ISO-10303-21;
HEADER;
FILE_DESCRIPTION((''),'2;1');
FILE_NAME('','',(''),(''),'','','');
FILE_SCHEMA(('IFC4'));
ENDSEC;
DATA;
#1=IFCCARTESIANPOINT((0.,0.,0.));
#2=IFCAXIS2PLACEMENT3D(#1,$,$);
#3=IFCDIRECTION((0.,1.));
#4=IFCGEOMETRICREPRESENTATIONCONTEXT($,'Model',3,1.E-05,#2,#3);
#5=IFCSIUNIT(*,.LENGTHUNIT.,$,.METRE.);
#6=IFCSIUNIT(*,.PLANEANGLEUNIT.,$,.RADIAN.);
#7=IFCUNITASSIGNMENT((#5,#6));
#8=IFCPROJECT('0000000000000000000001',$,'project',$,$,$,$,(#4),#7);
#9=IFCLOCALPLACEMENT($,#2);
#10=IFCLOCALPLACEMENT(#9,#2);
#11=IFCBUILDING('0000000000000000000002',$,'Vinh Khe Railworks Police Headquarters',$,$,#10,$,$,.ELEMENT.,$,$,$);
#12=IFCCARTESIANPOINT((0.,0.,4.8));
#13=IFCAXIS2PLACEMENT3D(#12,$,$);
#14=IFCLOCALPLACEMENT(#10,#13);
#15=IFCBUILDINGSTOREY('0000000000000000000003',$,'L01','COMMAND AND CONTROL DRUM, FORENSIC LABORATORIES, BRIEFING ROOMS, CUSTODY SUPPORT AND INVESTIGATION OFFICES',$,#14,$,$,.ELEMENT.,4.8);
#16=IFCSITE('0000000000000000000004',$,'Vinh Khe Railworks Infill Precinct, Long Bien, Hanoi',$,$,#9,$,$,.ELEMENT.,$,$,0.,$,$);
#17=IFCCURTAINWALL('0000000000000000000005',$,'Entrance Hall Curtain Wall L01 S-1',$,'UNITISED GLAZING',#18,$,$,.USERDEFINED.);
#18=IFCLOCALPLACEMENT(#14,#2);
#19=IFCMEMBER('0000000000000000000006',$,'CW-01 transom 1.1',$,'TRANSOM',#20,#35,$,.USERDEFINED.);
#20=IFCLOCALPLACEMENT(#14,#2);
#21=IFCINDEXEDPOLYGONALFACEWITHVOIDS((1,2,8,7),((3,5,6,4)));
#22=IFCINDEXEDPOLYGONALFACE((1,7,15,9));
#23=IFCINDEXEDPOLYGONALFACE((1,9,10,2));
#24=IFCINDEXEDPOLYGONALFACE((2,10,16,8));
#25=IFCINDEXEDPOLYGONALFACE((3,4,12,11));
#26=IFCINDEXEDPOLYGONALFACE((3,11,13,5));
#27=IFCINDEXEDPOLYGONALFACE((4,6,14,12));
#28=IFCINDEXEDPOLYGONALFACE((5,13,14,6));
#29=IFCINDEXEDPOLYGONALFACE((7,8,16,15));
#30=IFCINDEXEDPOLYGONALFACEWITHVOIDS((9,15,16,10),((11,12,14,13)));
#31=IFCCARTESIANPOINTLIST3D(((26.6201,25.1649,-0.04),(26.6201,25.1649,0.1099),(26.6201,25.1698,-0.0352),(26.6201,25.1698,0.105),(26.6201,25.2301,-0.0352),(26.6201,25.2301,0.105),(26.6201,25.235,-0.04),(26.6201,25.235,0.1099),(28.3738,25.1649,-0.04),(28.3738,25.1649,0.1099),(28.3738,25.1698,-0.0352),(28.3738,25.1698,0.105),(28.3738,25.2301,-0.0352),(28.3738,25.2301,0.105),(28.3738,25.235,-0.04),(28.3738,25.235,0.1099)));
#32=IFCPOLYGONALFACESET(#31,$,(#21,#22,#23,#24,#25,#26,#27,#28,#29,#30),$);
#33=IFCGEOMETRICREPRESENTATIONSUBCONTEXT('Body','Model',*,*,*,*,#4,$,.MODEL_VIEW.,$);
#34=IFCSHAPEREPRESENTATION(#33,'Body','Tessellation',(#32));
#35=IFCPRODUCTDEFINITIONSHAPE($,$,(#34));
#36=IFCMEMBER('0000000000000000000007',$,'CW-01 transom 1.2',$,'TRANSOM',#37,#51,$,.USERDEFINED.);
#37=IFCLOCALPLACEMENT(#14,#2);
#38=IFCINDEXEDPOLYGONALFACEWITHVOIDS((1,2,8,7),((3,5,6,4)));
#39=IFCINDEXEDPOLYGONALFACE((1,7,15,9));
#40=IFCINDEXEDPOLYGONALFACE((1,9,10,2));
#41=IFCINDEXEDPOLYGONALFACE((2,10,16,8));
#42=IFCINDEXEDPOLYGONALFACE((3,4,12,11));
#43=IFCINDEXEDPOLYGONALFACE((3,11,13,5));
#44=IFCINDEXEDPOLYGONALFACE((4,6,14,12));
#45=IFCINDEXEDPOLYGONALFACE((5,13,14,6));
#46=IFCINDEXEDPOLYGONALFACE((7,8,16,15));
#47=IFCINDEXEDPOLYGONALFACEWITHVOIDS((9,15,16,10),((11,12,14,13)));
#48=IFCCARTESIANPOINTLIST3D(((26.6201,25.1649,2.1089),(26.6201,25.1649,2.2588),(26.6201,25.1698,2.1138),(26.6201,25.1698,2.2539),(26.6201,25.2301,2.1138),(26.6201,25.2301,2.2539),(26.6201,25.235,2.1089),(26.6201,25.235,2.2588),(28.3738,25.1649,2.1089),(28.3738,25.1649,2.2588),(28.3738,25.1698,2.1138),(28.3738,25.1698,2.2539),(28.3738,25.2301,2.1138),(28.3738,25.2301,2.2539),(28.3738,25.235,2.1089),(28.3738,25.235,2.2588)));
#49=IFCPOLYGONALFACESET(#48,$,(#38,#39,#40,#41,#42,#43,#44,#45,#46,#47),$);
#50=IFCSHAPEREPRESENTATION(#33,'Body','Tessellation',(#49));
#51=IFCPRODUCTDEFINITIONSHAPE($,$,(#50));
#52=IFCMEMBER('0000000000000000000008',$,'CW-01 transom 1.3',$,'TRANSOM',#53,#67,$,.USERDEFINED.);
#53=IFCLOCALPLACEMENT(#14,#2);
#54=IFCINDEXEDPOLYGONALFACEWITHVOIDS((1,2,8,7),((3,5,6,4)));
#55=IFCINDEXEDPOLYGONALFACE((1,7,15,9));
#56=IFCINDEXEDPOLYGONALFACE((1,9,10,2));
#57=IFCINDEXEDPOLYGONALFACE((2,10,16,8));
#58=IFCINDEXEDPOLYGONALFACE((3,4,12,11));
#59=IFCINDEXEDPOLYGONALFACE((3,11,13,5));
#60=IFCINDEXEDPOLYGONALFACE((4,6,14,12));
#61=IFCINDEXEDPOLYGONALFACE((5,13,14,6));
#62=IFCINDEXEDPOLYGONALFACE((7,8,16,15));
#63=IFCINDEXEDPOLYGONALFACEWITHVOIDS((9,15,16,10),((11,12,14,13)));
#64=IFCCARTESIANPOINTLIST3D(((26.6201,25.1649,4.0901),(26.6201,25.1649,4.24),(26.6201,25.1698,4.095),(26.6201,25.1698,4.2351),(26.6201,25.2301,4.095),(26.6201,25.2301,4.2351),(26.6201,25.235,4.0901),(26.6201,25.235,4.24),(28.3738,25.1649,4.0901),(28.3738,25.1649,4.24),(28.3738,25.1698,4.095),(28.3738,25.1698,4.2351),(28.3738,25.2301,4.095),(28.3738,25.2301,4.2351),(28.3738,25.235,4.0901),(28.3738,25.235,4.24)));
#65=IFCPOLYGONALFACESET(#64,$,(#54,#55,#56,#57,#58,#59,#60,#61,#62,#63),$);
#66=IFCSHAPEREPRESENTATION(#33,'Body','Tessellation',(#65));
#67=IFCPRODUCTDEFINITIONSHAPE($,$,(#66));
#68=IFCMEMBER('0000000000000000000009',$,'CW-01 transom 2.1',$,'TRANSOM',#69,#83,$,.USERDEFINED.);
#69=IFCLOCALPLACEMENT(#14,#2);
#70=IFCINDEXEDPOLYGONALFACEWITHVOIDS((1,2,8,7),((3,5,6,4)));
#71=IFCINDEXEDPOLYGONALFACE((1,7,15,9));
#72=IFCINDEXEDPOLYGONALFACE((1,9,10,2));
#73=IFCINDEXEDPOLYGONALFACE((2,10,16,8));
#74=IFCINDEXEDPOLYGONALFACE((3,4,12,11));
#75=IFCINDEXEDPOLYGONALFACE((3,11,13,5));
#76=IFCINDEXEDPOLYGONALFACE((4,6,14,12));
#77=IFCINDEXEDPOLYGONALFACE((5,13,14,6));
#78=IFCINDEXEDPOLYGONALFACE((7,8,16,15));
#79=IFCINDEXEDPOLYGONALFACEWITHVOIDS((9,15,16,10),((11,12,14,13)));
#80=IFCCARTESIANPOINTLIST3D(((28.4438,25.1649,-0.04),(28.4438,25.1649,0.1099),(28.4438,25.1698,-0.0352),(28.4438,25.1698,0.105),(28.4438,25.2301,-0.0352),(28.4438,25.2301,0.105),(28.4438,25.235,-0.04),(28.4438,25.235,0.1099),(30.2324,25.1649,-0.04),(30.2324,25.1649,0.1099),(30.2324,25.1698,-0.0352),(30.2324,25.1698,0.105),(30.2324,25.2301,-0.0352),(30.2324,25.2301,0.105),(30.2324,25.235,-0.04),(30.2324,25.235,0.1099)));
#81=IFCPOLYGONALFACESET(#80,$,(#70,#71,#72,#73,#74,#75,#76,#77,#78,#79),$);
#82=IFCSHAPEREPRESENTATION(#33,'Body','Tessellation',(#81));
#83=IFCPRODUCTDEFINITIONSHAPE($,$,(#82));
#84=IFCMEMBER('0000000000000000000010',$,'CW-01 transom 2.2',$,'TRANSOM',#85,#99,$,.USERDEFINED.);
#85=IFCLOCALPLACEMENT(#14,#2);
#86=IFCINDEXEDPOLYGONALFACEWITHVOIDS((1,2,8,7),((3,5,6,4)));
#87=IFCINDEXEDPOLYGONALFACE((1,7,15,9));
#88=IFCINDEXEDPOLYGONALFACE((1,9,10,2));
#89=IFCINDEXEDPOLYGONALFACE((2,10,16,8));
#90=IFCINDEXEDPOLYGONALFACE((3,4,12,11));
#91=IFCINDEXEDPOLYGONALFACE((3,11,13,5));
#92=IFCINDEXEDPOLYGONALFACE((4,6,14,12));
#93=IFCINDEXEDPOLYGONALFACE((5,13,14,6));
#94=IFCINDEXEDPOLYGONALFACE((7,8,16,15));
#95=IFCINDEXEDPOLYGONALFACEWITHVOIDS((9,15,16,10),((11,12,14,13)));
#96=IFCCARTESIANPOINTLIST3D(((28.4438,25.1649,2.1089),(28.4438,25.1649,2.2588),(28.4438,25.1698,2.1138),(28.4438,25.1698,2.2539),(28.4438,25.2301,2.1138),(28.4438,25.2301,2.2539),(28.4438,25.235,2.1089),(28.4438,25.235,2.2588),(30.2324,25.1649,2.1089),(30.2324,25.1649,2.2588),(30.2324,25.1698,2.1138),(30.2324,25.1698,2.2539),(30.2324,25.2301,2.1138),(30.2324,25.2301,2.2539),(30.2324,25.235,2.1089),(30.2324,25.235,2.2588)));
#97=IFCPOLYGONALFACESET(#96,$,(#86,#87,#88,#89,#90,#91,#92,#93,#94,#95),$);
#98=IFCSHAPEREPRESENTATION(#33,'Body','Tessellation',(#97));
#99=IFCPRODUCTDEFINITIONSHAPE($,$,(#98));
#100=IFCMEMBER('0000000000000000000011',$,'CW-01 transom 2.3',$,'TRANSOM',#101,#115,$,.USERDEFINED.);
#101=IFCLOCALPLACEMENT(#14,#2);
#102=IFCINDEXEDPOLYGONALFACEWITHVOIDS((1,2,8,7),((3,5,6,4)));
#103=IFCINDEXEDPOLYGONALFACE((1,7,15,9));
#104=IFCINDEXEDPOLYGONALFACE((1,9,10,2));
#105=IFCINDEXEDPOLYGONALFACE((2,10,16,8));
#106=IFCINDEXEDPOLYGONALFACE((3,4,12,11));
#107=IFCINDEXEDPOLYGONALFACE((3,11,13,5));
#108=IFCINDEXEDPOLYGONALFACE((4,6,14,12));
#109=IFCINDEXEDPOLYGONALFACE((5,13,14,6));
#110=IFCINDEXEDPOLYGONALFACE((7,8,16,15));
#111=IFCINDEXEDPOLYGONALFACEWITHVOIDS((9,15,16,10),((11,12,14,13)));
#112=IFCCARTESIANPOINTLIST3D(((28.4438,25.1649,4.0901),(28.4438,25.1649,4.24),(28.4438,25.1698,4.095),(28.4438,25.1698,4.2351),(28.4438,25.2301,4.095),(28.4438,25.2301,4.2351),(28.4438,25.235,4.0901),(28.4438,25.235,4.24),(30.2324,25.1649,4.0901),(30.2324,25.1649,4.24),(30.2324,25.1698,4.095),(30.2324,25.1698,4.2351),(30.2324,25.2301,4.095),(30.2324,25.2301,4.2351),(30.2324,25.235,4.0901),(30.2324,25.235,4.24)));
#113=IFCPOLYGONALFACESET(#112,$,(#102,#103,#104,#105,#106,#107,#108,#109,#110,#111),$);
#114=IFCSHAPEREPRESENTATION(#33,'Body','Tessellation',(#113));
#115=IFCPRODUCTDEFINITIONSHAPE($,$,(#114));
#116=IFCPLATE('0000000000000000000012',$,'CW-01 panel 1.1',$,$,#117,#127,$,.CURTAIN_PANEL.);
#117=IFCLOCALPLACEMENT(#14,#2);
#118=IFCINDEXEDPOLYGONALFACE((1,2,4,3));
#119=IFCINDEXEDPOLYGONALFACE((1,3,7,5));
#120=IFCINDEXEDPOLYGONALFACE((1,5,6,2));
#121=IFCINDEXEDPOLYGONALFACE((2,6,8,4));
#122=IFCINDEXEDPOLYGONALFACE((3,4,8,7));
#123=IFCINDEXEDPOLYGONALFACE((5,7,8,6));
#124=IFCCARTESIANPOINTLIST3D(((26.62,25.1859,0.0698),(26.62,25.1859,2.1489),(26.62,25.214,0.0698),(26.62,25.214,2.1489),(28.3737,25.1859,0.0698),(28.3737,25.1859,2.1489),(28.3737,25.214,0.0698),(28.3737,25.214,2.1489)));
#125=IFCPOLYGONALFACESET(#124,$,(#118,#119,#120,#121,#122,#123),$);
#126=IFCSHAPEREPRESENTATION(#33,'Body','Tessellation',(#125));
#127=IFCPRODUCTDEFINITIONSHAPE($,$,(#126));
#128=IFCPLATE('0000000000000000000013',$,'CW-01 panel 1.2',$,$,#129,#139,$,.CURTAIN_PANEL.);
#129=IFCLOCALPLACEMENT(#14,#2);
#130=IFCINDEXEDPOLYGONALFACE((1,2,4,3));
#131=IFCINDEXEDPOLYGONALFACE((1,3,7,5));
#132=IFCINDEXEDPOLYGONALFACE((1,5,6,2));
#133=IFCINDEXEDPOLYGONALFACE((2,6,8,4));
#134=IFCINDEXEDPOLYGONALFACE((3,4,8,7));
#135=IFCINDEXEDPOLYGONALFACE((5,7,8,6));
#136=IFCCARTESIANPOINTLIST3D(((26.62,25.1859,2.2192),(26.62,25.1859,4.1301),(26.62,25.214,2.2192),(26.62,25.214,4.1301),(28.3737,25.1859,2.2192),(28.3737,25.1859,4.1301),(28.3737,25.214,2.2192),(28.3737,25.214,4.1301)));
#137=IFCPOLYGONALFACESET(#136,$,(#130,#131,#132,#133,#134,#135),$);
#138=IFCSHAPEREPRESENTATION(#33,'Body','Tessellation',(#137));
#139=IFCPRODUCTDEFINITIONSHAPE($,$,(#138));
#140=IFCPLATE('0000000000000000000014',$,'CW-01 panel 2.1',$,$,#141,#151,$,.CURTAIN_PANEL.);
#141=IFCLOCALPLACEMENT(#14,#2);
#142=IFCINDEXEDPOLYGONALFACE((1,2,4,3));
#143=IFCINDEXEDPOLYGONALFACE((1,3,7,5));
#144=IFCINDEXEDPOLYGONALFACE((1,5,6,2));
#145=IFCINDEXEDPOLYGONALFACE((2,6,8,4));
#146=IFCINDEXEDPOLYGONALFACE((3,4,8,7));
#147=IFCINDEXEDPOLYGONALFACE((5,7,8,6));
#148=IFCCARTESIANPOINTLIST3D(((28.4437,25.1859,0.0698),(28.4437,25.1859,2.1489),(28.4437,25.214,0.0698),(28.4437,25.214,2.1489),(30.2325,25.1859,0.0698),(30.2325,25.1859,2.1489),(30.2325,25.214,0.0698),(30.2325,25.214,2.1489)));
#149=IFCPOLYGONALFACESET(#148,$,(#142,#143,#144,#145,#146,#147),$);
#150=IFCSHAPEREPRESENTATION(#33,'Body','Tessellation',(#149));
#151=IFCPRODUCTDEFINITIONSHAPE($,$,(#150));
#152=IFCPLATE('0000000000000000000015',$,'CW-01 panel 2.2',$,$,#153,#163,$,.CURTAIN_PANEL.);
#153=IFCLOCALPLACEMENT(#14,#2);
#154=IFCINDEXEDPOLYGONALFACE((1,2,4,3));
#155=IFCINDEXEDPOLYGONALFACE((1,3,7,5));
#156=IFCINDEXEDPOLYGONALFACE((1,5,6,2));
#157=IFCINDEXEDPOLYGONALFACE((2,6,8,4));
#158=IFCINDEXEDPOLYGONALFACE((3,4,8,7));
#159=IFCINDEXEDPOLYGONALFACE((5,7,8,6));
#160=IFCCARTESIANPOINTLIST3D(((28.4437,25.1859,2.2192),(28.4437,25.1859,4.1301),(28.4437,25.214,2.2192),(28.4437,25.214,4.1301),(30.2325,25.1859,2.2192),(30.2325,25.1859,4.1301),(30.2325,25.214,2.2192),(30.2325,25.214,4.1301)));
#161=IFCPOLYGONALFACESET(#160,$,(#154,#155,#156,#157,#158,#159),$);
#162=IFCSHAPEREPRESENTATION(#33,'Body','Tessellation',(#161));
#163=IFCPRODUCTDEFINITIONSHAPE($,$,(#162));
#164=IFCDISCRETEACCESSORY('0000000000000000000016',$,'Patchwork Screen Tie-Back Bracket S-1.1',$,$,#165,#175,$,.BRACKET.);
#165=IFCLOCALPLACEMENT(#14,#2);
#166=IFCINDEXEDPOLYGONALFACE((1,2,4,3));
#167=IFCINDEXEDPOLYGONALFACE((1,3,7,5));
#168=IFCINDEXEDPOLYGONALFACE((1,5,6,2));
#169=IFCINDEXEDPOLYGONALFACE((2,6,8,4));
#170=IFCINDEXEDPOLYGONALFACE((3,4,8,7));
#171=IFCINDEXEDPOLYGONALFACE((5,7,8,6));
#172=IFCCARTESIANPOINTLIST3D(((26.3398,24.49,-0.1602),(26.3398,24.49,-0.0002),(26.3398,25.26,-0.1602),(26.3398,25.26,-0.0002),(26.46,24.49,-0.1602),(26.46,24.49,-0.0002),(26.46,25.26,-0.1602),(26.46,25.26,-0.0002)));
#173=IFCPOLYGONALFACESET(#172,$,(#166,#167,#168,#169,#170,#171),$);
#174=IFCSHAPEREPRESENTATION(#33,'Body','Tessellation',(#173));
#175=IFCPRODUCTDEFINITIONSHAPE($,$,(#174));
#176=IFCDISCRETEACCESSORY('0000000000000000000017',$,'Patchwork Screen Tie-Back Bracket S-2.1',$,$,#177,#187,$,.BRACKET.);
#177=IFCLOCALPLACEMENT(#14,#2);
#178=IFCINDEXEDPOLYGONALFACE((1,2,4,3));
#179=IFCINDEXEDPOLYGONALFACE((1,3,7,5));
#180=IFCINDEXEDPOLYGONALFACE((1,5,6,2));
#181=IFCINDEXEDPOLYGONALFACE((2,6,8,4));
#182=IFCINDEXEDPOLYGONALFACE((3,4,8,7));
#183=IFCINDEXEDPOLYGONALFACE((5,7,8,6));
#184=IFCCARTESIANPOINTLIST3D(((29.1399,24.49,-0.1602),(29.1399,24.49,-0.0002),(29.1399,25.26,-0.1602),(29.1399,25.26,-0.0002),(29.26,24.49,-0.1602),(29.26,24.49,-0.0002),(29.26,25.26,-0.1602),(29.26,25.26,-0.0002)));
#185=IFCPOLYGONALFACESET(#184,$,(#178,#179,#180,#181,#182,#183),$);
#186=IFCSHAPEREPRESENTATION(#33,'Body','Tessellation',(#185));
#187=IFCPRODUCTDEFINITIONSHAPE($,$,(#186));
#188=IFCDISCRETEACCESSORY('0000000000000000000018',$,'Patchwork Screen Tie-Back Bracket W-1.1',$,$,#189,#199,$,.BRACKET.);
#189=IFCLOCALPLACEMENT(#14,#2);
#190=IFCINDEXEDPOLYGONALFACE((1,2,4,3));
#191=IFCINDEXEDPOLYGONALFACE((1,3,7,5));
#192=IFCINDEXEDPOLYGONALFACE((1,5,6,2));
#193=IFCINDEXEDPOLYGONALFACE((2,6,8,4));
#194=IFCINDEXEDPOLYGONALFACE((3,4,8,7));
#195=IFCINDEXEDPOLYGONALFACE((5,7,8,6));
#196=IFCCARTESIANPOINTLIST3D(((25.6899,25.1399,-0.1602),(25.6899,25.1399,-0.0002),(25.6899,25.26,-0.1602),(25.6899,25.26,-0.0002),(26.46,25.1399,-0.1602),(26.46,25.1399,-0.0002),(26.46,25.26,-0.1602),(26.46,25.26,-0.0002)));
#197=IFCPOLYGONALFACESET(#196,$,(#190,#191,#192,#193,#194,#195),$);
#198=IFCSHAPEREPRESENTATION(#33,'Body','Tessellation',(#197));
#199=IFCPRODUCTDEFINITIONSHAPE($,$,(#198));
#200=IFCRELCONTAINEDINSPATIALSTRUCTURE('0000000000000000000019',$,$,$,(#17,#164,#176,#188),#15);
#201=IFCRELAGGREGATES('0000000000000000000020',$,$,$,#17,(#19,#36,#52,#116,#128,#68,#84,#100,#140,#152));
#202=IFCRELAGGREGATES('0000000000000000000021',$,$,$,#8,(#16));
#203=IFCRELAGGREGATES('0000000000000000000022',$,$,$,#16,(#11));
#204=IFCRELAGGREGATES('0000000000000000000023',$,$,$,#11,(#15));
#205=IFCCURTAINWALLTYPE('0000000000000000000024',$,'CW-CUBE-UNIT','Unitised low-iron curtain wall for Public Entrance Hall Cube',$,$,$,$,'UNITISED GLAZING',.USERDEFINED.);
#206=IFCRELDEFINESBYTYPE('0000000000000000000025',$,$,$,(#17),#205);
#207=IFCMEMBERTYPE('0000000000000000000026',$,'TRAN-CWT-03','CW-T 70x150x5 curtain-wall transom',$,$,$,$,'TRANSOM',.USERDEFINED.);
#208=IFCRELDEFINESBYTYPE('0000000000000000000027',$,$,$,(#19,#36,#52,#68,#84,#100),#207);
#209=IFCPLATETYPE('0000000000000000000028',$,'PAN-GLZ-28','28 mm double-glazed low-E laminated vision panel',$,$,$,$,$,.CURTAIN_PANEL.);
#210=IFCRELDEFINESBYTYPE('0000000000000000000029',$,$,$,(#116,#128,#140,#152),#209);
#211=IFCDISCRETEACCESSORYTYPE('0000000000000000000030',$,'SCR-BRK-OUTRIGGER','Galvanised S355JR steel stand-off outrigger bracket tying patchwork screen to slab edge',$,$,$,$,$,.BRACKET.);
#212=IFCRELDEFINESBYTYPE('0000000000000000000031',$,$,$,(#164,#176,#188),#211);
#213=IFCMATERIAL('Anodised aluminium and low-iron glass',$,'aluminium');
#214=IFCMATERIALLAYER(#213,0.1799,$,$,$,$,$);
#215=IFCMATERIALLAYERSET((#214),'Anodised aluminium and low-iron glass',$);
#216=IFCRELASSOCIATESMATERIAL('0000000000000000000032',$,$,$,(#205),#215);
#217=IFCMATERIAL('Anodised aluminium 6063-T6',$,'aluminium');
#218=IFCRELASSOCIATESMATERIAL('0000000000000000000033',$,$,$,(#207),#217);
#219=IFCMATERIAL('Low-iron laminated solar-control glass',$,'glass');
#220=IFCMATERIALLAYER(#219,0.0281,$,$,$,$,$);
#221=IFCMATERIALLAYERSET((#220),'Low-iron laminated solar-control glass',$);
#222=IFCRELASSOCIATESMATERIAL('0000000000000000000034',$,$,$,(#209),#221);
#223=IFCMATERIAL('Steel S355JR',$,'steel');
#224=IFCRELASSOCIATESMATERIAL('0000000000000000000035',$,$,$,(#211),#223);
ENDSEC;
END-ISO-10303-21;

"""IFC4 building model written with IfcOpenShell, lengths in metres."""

from ifc_helpers import new_model, si_unit, direction, frame, origin, origin_2d, place, context, subcontext, project, spatial, rectangle, hollow_rectangle, extrude, material, layer, layer_set, material_profile, profile_set, type_object, element, aggregate, save


model = new_model("IFC4")

# Units and contexts
model_context = context("Model", 3, precision=1e-05, world=origin(), true_north=direction((0.0, 1.0)))
body_context = subcontext(model_context, "Body", "Model", "MODEL_VIEW")
ifc_project = project(units=[si_unit("LENGTHUNIT", "METRE"), si_unit("PLANEANGLEUNIT", "RADIAN")], contexts=[model_context])

# Site, building, storey
site_placement = place(None, origin())
site = spatial("IfcSite", under=ifc_project, at=site_placement, Name="Vinh Khe Railworks Infill Precinct, Long Bien, Hanoi", CompositionType="ELEMENT", RefElevation=0.0)
building_placement = place(site_placement, origin())
building = spatial("IfcBuilding", under=site, at=building_placement, Name="Vinh Khe Railworks Police Headquarters", CompositionType="ELEMENT")
storey_placement = place(building_placement, frame((0.0, 0.0, 4.8)))
storey = spatial("IfcBuildingStorey", under=building, at=storey_placement, Name="L01", Description="COMMAND AND CONTROL DRUM, FORENSIC LABORATORIES, BRIEFING ROOMS, CUSTODY SUPPORT AND INVESTIGATION OFFICES", CompositionType="ELEMENT", Elevation=4.8)

# Shared definitions
ifc_material_1 = material(Name="Steel S355JR", Category="steel")

# Curtain wall
ifc_material_2 = material(Name="Anodised aluminium and low-iron glass", Category="aluminium")
ifc_layer_1 = layer(ifc_material_2, 0.1799)
ifc_layer_set_1 = layer_set([ifc_layer_1], Name="Anodised aluminium and low-iron glass")
curtain_wall_type = type_object("IfcCurtainWallType", Name="CW-CUBE-UNIT", Description="Unitised low-iron curtain wall for Public Entrance Hall Cube", ElementType="UNITISED GLAZING", PredefinedType="USERDEFINED", material=ifc_layer_set_1)
curtain_wall_placement = place(storey_placement, origin())
curtain_wall = element("IfcCurtainWall", 1, at=curtain_wall_placement, inside=storey, type_object=curtain_wall_type, Name="Entrance Hall Curtain Wall L01 S-1", ObjectType="UNITISED GLAZING", PredefinedType="USERDEFINED")
ifc_material_3 = material(Name="Anodised aluminium 6063-T6", Category="aluminium")

# Members
ifc_material_profile_1 = material_profile(ifc_material_3, hollow_rectangle(XDim=0.0701, YDim=0.1499, WallThickness=0.0049, at=origin_2d()), Name="CW-T 70x150x5")
ifc_profile_set_1 = profile_set([ifc_material_profile_1], Name="Anodised aluminium 6063-T6")
member_type_1 = type_object("IfcMemberType", Name="TRAN-CWT-03", Description="CW-T 70x150x5 curtain-wall transom", ElementType="TRANSOM", PredefinedType="USERDEFINED", material=ifc_profile_set_1)
member_1_placement = place(storey_placement, frame((26.6201, 25.2, 0.0349), z_axis=(1.0, 0.0, 0.0), x_axis=(0.0, 1.0, 0.0)))
member_1 = element("IfcMember", 2, at=member_1_placement, type_object=member_type_1, Name="CW-01 transom 1.1", ObjectType="TRANSOM", PredefinedType="USERDEFINED", context=body_context, shape_type="SweptSolid", body=[
    extrude(hollow_rectangle(XDim=0.0701, YDim=0.1499, WallThickness=0.0049, at=origin_2d()), origin(), (0.0, 0.0, 1.0), 1.7537),
])
member_2_placement = place(storey_placement, frame((26.6201, 25.2, 2.1838), z_axis=(1.0, 0.0, 0.0), x_axis=(0.0, 1.0, 0.0)))
member_2 = element("IfcMember", 3, at=member_2_placement, type_object=member_type_1, Name="CW-01 transom 1.2", ObjectType="TRANSOM", PredefinedType="USERDEFINED", context=body_context, shape_type="SweptSolid", body=[
    extrude(hollow_rectangle(XDim=0.0701, YDim=0.1499, WallThickness=0.0049, at=origin_2d()), origin(), (0.0, 0.0, 1.0), 1.7537),
])
member_3_placement = place(storey_placement, frame((26.6201, 25.2, 4.165), z_axis=(1.0, 0.0, 0.0), x_axis=(0.0, 1.0, 0.0)))
member_3 = element("IfcMember", 4, at=member_3_placement, type_object=member_type_1, Name="CW-01 transom 1.3", ObjectType="TRANSOM", PredefinedType="USERDEFINED", context=body_context, shape_type="SweptSolid", body=[
    extrude(hollow_rectangle(XDim=0.0701, YDim=0.1499, WallThickness=0.0049, at=origin_2d()), origin(), (0.0, 0.0, 1.0), 1.7537),
])
member_4_placement = place(storey_placement, frame((28.4438, 25.2, 0.0349), z_axis=(1.0, 0.0, 0.0), x_axis=(0.0, 1.0, 0.0)))
member_4 = element("IfcMember", 5, at=member_4_placement, type_object=member_type_1, Name="CW-01 transom 2.1", ObjectType="TRANSOM", PredefinedType="USERDEFINED", context=body_context, shape_type="SweptSolid", body=[
    extrude(hollow_rectangle(XDim=0.0701, YDim=0.1499, WallThickness=0.0049, at=origin_2d()), origin(), (0.0, 0.0, 1.0), 1.7886),
])
member_5_placement = place(storey_placement, frame((28.4438, 25.2, 2.1838), z_axis=(1.0, 0.0, 0.0), x_axis=(0.0, 1.0, 0.0)))
member_5 = element("IfcMember", 6, at=member_5_placement, type_object=member_type_1, Name="CW-01 transom 2.2", ObjectType="TRANSOM", PredefinedType="USERDEFINED", context=body_context, shape_type="SweptSolid", body=[
    extrude(hollow_rectangle(XDim=0.0701, YDim=0.1499, WallThickness=0.0049, at=origin_2d()), origin(), (0.0, 0.0, 1.0), 1.7886),
])
member_6_placement = place(storey_placement, frame((28.4438, 25.2, 4.165), z_axis=(1.0, 0.0, 0.0), x_axis=(0.0, 1.0, 0.0)))
member_6 = element("IfcMember", 7, at=member_6_placement, type_object=member_type_1, Name="CW-01 transom 2.3", ObjectType="TRANSOM", PredefinedType="USERDEFINED", context=body_context, shape_type="SweptSolid", body=[
    extrude(hollow_rectangle(XDim=0.0701, YDim=0.1499, WallThickness=0.0049, at=origin_2d()), origin(), (0.0, 0.0, 1.0), 1.7886),
])

# Plates
ifc_material_4 = material(Name="Low-iron laminated solar-control glass", Category="glass")
ifc_layer_2 = layer(ifc_material_4, 0.0281)
ifc_layer_set_2 = layer_set([ifc_layer_2], Name="Low-iron laminated solar-control glass")
plate_type = type_object("IfcPlateType", Name="PAN-GLZ-28", Description="28 mm double-glazed low-E laminated vision panel", PredefinedType="CURTAIN_PANEL", material=ifc_layer_set_2)
plate_1_placement = place(storey_placement, frame((27.4968, 25.2, 0.0698), z_axis=(0.0, 0.0, 1.0), x_axis=(1.0, 0.0, 0.0)))
plate_1 = element("IfcPlate", 8, at=plate_1_placement, type_object=plate_type, Name="CW-01 panel 1.1", PredefinedType="CURTAIN_PANEL", context=body_context, shape_type="SweptSolid", body=[
    extrude(rectangle(XDim=1.7537, YDim=0.0281, at=origin_2d()), origin(), (0.0, 0.0, 1.0), 2.0791),
])
plate_2_placement = place(storey_placement, frame((27.4968, 25.2, 2.2192), z_axis=(0.0, 0.0, 1.0), x_axis=(1.0, 0.0, 0.0)))
plate_2 = element("IfcPlate", 9, at=plate_2_placement, type_object=plate_type, Name="CW-01 panel 1.2", PredefinedType="CURTAIN_PANEL", context=body_context, shape_type="SweptSolid", body=[
    extrude(rectangle(XDim=1.7537, YDim=0.0281, at=origin_2d()), origin(), (0.0, 0.0, 1.0), 1.9109),
])
plate_3_placement = place(storey_placement, frame((29.3381, 25.2, 0.0698), z_axis=(0.0, 0.0, 1.0), x_axis=(1.0, 0.0, 0.0)))
plate_3 = element("IfcPlate", 10, at=plate_3_placement, type_object=plate_type, Name="CW-01 panel 2.1", PredefinedType="CURTAIN_PANEL", context=body_context, shape_type="SweptSolid", body=[
    extrude(rectangle(XDim=1.7888, YDim=0.0281, at=origin_2d()), origin(), (0.0, 0.0, 1.0), 2.0791),
])
plate_4_placement = place(storey_placement, frame((29.3381, 25.2, 2.2192), z_axis=(0.0, 0.0, 1.0), x_axis=(1.0, 0.0, 0.0)))
plate_4 = element("IfcPlate", 11, at=plate_4_placement, type_object=plate_type, Name="CW-01 panel 2.2", PredefinedType="CURTAIN_PANEL", context=body_context, shape_type="SweptSolid", body=[
    extrude(rectangle(XDim=1.7888, YDim=0.0281, at=origin_2d()), origin(), (0.0, 0.0, 1.0), 1.9109),
])
aggregate(curtain_wall, [member_1, member_2, member_3, plate_1, plate_2, member_4, member_5, member_6, plate_3, plate_4])

# Discrete accessories
discrete_accessory_type_1 = type_object("IfcDiscreteAccessoryType", Name="SCR-BRK-OUTRIGGER", Description="Galvanised S355JR steel stand-off outrigger bracket tying patchwork screen to slab edge", PredefinedType="BRACKET", material=ifc_material_1)
for number, where, z_axis, x_axis, name in (
    (12, (26.3999, 24.875, -0.1602), (0.0, 0.0, 1.0), (1.0, 0.0, 0.0), "Patchwork Screen Tie-Back Bracket S-1.1"),
    (13, (29.2, 24.875, -0.1602), (0.0, 0.0, 1.0), (1.0, 0.0, 0.0), "Patchwork Screen Tie-Back Bracket S-2.1"),
):
    element("IfcDiscreteAccessory", number, at=place(storey_placement, frame(where, z_axis=z_axis, x_axis=x_axis)), inside=storey, type_object=discrete_accessory_type_1, Name=name, PredefinedType="BRACKET", context=body_context, shape_type="SweptSolid", body=[
        extrude(rectangle(XDim=0.1201, YDim=0.77, at=origin_2d()), origin(), (0.0, 0.0, 1.0), 0.1599),
    ])
discrete_accessory_1_placement = place(storey_placement, frame((26.075, 25.2, -0.1602), z_axis=(0.0, 0.0, 1.0), x_axis=(1.0, 0.0, 0.0)))
element("IfcDiscreteAccessory", 14, at=discrete_accessory_1_placement, inside=storey, type_object=discrete_accessory_type_1, Name="Patchwork Screen Tie-Back Bracket W-1.1", PredefinedType="BRACKET", context=body_context, shape_type="SweptSolid", body=[
    extrude(rectangle(XDim=0.77, YDim=0.1201, at=origin_2d()), origin(), (0.0, 0.0, 1.0), 0.1599),
])

save(model, "model.ifc")
